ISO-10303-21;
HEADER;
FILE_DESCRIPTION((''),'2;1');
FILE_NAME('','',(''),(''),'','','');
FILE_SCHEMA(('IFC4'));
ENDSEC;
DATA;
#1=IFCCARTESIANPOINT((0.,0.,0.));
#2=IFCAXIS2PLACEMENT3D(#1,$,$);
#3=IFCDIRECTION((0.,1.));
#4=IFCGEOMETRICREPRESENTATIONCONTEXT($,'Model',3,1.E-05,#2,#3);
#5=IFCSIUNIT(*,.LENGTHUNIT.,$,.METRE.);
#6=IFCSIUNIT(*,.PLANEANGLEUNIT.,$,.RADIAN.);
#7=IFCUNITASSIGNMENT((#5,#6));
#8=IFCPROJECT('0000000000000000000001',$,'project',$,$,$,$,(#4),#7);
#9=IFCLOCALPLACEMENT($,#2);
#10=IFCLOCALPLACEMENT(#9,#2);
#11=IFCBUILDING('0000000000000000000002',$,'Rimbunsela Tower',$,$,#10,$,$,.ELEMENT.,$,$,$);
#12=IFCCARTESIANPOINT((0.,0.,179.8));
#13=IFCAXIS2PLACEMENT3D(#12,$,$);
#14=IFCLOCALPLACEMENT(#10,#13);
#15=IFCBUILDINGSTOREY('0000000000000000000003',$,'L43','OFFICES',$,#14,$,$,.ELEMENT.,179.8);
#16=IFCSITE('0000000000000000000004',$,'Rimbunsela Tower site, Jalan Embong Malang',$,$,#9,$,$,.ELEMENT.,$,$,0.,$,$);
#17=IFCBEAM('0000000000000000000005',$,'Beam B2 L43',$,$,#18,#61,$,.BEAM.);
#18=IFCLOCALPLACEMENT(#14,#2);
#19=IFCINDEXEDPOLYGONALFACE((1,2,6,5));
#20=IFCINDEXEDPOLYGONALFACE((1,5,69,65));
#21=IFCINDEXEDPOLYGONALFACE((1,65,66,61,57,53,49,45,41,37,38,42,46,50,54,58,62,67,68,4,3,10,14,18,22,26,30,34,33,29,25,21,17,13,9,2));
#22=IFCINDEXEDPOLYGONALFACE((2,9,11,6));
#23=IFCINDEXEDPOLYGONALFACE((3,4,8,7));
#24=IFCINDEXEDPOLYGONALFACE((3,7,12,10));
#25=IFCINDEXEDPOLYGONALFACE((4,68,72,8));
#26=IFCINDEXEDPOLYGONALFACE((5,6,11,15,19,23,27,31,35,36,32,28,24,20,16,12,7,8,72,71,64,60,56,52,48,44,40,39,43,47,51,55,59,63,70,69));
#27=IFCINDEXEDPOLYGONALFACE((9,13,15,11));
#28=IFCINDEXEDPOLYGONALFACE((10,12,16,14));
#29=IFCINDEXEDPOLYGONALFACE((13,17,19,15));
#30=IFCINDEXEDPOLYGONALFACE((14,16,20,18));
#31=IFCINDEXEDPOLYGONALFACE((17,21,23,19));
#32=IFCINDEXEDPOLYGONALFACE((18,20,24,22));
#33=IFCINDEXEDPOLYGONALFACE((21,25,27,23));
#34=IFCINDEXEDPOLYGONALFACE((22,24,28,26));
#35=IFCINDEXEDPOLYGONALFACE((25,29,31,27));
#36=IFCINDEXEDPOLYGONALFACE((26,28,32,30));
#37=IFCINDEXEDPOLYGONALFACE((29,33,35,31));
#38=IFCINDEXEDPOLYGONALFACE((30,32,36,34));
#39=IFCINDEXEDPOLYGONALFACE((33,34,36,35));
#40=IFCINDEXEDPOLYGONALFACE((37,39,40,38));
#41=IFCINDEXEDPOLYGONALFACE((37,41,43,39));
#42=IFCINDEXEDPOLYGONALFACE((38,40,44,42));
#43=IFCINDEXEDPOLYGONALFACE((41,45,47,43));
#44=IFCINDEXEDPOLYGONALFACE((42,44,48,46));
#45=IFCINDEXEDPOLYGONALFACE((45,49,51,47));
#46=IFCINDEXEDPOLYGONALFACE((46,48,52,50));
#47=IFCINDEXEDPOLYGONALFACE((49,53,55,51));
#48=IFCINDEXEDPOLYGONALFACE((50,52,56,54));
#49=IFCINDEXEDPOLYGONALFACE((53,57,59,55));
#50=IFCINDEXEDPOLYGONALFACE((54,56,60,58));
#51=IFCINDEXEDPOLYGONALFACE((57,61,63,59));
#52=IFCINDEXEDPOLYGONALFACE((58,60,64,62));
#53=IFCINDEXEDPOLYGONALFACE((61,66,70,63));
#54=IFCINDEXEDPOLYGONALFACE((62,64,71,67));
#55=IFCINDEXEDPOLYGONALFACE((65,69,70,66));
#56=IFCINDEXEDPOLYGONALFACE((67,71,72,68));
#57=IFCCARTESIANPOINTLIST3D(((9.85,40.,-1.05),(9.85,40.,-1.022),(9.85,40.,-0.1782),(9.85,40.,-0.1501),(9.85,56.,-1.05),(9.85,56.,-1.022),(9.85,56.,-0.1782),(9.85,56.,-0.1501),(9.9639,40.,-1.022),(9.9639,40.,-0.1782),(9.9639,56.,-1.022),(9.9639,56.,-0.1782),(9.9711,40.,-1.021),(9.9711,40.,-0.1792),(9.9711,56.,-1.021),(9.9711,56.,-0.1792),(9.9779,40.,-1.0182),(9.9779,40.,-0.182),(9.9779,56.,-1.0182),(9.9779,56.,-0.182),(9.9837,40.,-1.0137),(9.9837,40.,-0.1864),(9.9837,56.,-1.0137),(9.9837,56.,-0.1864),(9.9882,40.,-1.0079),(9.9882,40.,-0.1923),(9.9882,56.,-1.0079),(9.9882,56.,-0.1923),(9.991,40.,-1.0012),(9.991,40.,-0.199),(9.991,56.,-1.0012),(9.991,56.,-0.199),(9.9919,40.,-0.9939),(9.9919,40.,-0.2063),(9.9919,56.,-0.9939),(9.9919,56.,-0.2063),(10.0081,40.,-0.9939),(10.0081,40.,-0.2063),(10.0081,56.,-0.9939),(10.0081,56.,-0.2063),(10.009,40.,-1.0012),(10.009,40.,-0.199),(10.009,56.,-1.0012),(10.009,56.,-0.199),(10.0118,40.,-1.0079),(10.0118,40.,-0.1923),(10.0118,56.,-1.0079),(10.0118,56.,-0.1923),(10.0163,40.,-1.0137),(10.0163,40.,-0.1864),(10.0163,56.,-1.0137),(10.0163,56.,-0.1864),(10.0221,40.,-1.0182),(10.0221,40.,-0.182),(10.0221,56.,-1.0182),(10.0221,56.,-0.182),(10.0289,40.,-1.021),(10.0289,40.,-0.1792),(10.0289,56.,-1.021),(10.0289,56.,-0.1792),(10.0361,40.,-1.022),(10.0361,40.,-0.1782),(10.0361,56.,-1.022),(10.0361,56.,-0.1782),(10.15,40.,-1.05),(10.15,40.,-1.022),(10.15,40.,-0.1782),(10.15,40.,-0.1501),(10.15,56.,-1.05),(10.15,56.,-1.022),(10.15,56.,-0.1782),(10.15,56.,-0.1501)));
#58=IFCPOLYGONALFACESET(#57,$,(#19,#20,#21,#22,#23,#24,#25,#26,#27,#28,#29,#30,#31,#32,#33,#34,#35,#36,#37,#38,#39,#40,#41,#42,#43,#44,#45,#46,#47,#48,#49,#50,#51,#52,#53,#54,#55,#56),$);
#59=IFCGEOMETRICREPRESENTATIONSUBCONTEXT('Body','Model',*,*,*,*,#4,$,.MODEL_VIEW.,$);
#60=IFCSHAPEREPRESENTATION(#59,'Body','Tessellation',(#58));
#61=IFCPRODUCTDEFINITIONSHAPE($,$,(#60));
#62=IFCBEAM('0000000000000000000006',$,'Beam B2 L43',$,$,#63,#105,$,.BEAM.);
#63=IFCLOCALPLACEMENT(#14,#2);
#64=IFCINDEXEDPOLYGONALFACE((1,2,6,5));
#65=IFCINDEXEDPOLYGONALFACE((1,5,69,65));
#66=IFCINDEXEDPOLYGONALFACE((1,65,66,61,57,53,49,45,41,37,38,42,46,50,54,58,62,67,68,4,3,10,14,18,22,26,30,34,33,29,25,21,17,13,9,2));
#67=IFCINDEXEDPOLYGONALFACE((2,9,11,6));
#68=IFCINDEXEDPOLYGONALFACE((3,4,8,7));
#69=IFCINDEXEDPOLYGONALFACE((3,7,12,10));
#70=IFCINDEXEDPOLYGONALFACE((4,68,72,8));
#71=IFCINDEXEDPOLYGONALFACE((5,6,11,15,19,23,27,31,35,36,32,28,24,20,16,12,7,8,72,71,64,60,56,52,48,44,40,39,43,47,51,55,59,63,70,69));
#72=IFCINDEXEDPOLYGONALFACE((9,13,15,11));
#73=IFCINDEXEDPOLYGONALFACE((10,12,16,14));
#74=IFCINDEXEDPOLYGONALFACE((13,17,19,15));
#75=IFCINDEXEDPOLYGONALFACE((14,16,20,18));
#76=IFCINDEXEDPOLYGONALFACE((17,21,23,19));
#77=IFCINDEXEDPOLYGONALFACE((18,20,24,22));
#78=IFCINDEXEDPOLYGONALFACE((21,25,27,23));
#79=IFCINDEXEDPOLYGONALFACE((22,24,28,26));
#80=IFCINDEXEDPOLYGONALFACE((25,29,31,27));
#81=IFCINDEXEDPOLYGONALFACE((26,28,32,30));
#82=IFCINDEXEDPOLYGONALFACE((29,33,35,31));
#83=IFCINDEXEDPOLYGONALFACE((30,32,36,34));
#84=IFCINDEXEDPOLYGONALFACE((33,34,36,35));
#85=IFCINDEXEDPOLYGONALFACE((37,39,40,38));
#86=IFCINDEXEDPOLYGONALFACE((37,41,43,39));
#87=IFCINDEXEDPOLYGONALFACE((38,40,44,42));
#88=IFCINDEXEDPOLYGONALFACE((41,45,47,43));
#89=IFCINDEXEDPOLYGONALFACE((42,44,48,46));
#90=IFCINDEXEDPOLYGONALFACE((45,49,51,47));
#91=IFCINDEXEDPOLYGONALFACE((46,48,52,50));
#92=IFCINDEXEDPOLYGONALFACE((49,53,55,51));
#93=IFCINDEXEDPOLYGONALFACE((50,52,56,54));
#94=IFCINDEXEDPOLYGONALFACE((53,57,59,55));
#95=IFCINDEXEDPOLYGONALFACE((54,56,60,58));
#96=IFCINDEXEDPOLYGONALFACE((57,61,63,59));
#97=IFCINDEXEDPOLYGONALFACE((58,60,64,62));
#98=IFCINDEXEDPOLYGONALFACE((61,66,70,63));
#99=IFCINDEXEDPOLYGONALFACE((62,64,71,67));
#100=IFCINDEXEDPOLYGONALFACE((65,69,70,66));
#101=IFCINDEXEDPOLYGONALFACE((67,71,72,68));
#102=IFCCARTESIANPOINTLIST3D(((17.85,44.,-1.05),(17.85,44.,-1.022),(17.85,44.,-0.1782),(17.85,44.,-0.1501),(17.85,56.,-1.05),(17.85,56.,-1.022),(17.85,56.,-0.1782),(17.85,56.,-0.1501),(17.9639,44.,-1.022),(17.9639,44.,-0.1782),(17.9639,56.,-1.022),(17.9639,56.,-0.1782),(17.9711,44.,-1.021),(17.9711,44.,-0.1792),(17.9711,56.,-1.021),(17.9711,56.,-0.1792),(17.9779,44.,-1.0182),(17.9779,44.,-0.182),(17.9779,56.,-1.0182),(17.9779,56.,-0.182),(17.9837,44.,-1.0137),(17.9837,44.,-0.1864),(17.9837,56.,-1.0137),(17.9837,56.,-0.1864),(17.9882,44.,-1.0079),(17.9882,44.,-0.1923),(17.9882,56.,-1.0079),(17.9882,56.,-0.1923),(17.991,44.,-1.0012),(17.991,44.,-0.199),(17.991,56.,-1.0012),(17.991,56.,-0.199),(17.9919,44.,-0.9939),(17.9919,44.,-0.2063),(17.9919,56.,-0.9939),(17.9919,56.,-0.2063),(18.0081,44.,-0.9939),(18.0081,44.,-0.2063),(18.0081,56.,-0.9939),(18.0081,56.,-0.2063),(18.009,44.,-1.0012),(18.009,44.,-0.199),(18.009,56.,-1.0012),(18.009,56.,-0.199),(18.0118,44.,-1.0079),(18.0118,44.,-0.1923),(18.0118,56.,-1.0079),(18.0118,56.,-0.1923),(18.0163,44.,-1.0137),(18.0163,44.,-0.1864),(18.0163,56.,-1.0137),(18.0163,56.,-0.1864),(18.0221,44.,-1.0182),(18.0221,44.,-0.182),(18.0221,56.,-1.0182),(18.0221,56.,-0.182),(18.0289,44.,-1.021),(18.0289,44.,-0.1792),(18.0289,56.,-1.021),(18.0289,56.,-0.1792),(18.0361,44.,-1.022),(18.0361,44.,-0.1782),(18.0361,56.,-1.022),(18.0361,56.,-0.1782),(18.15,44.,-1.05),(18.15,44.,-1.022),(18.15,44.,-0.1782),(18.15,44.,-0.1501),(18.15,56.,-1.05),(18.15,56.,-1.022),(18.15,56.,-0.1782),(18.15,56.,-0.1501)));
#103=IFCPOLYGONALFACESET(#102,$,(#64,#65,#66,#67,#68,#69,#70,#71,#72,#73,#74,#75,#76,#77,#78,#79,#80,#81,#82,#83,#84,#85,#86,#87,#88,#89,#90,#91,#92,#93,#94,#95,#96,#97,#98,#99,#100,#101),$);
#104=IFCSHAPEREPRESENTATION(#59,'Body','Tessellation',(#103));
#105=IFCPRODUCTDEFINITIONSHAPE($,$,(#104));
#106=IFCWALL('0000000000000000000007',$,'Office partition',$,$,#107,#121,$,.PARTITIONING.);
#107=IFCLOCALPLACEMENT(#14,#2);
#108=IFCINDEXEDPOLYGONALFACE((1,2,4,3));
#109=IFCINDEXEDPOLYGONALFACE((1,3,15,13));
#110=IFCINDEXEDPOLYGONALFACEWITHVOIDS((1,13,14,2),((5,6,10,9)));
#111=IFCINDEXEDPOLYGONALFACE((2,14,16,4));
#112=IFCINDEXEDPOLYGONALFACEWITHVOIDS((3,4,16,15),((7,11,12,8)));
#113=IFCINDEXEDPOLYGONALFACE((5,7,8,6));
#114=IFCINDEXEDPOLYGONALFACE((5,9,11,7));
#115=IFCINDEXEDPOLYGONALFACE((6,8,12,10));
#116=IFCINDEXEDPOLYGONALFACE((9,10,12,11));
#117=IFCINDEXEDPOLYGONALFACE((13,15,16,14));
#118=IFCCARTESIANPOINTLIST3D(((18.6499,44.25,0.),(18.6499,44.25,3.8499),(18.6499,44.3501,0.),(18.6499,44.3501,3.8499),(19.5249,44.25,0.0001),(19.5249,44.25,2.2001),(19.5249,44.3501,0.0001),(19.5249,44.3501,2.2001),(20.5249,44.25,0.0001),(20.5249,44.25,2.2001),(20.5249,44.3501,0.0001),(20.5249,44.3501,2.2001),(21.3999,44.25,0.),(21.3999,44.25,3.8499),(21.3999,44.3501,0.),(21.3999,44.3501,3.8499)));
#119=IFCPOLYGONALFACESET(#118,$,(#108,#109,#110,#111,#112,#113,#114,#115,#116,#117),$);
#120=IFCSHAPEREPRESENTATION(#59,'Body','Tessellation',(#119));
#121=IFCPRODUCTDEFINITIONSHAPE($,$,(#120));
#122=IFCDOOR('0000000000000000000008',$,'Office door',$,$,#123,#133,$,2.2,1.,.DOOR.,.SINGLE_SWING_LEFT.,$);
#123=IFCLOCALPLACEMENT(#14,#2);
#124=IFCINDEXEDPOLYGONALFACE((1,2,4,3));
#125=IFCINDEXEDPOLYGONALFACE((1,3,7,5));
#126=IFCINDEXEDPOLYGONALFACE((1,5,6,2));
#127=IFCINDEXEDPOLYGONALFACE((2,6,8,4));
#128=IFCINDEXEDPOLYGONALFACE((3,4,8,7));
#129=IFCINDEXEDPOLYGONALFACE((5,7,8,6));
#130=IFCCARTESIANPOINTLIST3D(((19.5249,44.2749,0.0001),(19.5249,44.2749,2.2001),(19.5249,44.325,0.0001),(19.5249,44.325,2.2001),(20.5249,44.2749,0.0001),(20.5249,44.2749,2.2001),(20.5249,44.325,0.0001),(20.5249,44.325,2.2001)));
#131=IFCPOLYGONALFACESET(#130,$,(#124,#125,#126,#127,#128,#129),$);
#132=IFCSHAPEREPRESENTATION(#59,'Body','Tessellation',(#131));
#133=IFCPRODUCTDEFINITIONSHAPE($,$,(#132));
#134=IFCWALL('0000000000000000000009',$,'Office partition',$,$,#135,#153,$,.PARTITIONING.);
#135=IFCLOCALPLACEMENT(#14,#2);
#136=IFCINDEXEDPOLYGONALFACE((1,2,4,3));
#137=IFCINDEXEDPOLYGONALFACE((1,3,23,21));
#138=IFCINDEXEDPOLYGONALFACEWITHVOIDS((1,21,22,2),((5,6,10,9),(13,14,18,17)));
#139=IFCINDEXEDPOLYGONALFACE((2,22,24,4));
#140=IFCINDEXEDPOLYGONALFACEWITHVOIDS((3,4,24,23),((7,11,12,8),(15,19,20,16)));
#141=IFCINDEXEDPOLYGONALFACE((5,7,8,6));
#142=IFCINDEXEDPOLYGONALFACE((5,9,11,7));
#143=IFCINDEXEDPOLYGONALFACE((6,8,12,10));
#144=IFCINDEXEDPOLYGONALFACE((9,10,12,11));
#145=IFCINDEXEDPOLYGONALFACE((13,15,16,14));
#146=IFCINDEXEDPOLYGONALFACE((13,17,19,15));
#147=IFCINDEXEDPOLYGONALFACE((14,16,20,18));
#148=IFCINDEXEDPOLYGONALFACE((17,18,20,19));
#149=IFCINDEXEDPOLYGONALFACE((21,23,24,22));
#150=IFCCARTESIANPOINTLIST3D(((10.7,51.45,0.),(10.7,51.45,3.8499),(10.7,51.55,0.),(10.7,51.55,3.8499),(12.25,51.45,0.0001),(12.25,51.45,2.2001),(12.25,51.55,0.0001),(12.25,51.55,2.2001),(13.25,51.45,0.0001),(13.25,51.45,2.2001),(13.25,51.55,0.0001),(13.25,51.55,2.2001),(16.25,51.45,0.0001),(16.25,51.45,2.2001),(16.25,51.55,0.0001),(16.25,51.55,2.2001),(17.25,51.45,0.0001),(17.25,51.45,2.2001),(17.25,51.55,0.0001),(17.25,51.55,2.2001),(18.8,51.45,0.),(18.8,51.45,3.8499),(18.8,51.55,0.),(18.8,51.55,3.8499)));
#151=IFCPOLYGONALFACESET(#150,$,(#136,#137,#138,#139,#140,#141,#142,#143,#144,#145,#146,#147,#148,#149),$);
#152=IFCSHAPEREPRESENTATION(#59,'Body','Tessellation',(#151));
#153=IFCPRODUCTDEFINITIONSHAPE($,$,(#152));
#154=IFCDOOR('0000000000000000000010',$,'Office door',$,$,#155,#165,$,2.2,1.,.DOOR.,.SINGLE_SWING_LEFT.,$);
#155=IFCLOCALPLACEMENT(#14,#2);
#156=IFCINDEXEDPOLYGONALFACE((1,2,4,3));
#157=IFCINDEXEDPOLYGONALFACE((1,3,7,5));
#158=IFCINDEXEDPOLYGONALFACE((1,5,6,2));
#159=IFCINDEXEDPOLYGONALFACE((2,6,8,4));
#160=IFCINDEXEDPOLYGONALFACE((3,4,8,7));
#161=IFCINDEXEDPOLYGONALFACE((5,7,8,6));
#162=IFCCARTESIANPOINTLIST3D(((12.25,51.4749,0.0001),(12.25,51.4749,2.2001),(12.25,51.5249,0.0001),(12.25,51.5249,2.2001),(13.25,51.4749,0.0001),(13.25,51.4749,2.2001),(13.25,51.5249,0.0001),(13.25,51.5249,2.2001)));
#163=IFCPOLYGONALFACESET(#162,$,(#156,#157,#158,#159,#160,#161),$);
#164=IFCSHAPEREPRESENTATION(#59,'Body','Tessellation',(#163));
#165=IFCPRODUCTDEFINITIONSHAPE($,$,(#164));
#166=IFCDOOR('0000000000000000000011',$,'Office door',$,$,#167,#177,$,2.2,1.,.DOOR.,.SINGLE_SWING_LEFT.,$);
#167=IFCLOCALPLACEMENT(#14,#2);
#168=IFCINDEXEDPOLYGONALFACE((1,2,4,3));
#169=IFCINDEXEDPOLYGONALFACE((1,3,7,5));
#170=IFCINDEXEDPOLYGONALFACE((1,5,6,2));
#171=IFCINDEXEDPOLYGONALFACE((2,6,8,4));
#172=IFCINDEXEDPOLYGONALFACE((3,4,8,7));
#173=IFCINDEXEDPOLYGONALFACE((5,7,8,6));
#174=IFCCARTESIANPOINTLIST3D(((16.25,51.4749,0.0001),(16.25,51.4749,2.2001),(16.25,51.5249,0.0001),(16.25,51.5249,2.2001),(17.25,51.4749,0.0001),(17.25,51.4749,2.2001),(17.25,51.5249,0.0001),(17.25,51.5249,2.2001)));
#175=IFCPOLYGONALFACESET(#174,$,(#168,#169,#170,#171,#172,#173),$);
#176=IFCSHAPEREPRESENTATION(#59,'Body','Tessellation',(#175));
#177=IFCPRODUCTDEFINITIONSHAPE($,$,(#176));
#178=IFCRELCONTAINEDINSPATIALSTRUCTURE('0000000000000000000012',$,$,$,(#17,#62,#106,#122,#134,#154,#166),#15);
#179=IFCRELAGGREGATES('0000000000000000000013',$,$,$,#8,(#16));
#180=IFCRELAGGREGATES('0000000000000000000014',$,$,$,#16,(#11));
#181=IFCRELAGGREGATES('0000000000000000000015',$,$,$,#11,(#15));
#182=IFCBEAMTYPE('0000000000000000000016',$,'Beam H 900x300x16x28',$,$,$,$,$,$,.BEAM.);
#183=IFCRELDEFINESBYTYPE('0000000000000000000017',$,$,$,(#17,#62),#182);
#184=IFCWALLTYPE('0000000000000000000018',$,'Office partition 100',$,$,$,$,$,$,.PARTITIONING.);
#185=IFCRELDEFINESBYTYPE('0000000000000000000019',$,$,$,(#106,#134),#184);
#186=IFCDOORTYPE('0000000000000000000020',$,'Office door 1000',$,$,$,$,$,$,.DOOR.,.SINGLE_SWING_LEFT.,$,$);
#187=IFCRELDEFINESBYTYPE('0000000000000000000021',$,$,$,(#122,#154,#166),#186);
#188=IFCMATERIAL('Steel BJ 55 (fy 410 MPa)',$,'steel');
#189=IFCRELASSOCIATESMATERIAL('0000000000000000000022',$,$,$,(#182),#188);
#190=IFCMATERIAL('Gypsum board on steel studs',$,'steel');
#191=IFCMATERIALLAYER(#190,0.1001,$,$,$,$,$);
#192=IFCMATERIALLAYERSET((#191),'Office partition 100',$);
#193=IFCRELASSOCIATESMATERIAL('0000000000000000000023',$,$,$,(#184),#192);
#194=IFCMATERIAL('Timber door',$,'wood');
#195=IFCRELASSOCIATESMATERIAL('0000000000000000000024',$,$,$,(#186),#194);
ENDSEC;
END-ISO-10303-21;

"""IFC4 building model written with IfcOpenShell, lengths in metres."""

from ifc_helpers import new_model, si_unit, direction, frame, frame_2d, origin, origin_2d, place, context, subcontext, project, spatial, rectangle, i_section, extrude, material, layer, layer_set, material_profile, profile_set, type_object, element, fill, save


model = new_model("IFC4")

# Units and contexts
model_context = context("Model", 3, precision=1e-05, world=origin(), true_north=direction((0.0, 1.0)))
body_context = subcontext(model_context, "Body", "Model", "MODEL_VIEW")
ifc_project = project(units=[si_unit("LENGTHUNIT", "METRE"), si_unit("PLANEANGLEUNIT", "RADIAN")], contexts=[model_context])

# Site, building, storey
site_placement = place(None, origin())
site = spatial("IfcSite", under=ifc_project, at=site_placement, Name="Rimbunsela Tower site, Jalan Embong Malang", CompositionType="ELEMENT", RefElevation=0.0)
building_placement = place(site_placement, origin())
building = spatial("IfcBuilding", under=site, at=building_placement, Name="Rimbunsela Tower", CompositionType="ELEMENT")
storey_placement = place(building_placement, frame((0.0, 0.0, 179.8)))
storey = spatial("IfcBuildingStorey", under=building, at=storey_placement, Name="L43", Description="OFFICES", CompositionType="ELEMENT", Elevation=179.8)

# Beams
ifc_material_1 = material(Name="Steel BJ 55 (fy 410 MPa)", Category="steel")
ifc_material_profile_1 = material_profile(ifc_material_1, i_section(OverallWidth=0.3, OverallDepth=0.8999, WebThickness=0.0161, FlangeThickness=0.0281, FilletRadius=0.0281, at=origin_2d()), Name="H 900x300x16x28")
ifc_profile_set_1 = profile_set([ifc_material_profile_1], Name="Steel BJ 55 (fy 410 MPa)")
beam_type_1 = type_object("IfcBeamType", Name="Beam H 900x300x16x28", PredefinedType="BEAM", material=ifc_profile_set_1)
beam_1_placement = place(storey_placement, frame((10.0, 40.0, -0.6001), z_axis=(0.0, 1.0, 0.0), x_axis=(-1.0, 0.0, 0.0)))
element("IfcBeam", 1, at=beam_1_placement, inside=storey, type_object=beam_type_1, Name="Beam B2 L43", PredefinedType="BEAM", context=body_context, shape_type="SweptSolid", body=[
    extrude(i_section(OverallWidth=0.3, OverallDepth=0.8999, WebThickness=0.0161, FlangeThickness=0.0281, FilletRadius=0.0281, at=origin_2d()), origin(), (0.0, 0.0, 1.0), 16.0),
])
beam_2_placement = place(storey_placement, frame((18.0, 44.0, -0.6001), z_axis=(0.0, 1.0, 0.0), x_axis=(-1.0, 0.0, 0.0)))
element("IfcBeam", 2, at=beam_2_placement, inside=storey, type_object=beam_type_1, Name="Beam B2 L43", PredefinedType="BEAM", context=body_context, shape_type="SweptSolid", body=[
    extrude(i_section(OverallWidth=0.3, OverallDepth=0.8999, WebThickness=0.0161, FlangeThickness=0.0281, FilletRadius=0.0281, at=origin_2d()), origin(), (0.0, 0.0, 1.0), 12.0),
])

# Wall, opening, door
ifc_material_2 = material(Name="Gypsum board on steel studs", Category="steel")
ifc_layer_1 = layer(ifc_material_2, 0.1001)
ifc_layer_set_1 = layer_set([ifc_layer_1], Name="Office partition 100")
wall_type_1 = type_object("IfcWallType", Name="Office partition 100", PredefinedType="PARTITIONING", material=ifc_layer_set_1)
wall_1_placement = place(storey_placement, frame((18.6499, 44.3, 0.0), z_axis=(0.0, 0.0, 1.0), x_axis=(1.0, 0.0, 0.0)))
wall_1 = element("IfcWall", 3, at=wall_1_placement, inside=storey, type_object=wall_type_1, Name="Office partition", PredefinedType="PARTITIONING", context=body_context, shape_type="SweptSolid", body=[
    extrude(rectangle(XDim=2.75, YDim=0.1001, at=frame_2d((1.375, 0.0))), origin(), (0.0, 0.0, 1.0), 3.8499),
])
opening_1_placement = place(wall_1_placement, frame((0.875, 0.0, 0.0)))
opening_1 = element("IfcOpeningElement", 4, at=opening_1_placement, cuts=wall_1, PredefinedType="OPENING", context=body_context, shape_type="SweptSolid", body=[
    extrude(rectangle(XDim=1.0, YDim=2.2, at=frame_2d((0.5, 1.1001))), frame((0.0, 0.0601, 0.0), z_axis=(0.0, -1.0, 0.0), x_axis=(1.0, 0.0, 0.0)), (0.0, 0.0, 1.0), 0.1201),
])
ifc_material_3 = material(Name="Timber door", Category="wood")
door_type = type_object("IfcDoorType", Name="Office door 1000", OperationType="SINGLE_SWING_LEFT", PredefinedType="DOOR", material=ifc_material_3)
door_1_placement = place(opening_1_placement, origin())
door_1 = element("IfcDoor", 5, at=door_1_placement, inside=storey, type_object=door_type, Name="Office door", OperationType="SINGLE_SWING_LEFT", OverallHeight=2.2, OverallWidth=1.0, PredefinedType="DOOR", context=body_context, shape_type="SweptSolid", body=[
    extrude(rectangle(XDim=1.0, YDim=2.2, at=frame_2d((0.5, 1.1001))), frame((0.0, 0.0249, 0.0), z_axis=(0.0, -1.0, 0.0), x_axis=(1.0, 0.0, 0.0)), (0.0, 0.0, 1.0), 0.05),
])
fill(opening_1, door_1)

# Wall, openings, doors
wall_2_placement = place(storey_placement, frame((10.7, 51.5, 0.0), z_axis=(0.0, 0.0, 1.0), x_axis=(1.0, 0.0, 0.0)))
wall_2 = element("IfcWall", 6, at=wall_2_placement, inside=storey, type_object=wall_type_1, Name="Office partition", PredefinedType="PARTITIONING", context=body_context, shape_type="SweptSolid", body=[
    extrude(rectangle(XDim=8.1001, YDim=0.1001, at=frame_2d((4.05, 0.0))), origin(), (0.0, 0.0, 1.0), 3.8499),
])
opening_2_placement = place(wall_2_placement, frame((1.55, 0.0, 0.0)))
opening_2 = element("IfcOpeningElement", 7, at=opening_2_placement, cuts=wall_2, PredefinedType="OPENING", context=body_context, shape_type="SweptSolid", body=[
    extrude(rectangle(XDim=1.0, YDim=2.2, at=frame_2d((0.5, 1.1001))), frame((0.0, 0.0601, 0.0), z_axis=(0.0, -1.0, 0.0), x_axis=(1.0, 0.0, 0.0)), (0.0, 0.0, 1.0), 0.1201),
])
opening_3_placement = place(wall_2_placement, frame((5.55, 0.0, 0.0)))
opening_3 = element("IfcOpeningElement", 8, at=opening_3_placement, cuts=wall_2, PredefinedType="OPENING", context=body_context, shape_type="SweptSolid", body=[
    extrude(rectangle(XDim=1.0, YDim=2.2, at=frame_2d((0.5, 1.1001))), frame((0.0, 0.0601, 0.0), z_axis=(0.0, -1.0, 0.0), x_axis=(1.0, 0.0, 0.0)), (0.0, 0.0, 1.0), 0.1201),
])
door_2_placement = place(opening_2_placement, origin())
door_2 = element("IfcDoor", 9, at=door_2_placement, inside=storey, type_object=door_type, Name="Office door", OperationType="SINGLE_SWING_LEFT", OverallHeight=2.2, OverallWidth=1.0, PredefinedType="DOOR", context=body_context, shape_type="SweptSolid", body=[
    extrude(rectangle(XDim=1.0, YDim=2.2, at=frame_2d((0.5, 1.1001))), frame((0.0, 0.0249, 0.0), z_axis=(0.0, -1.0, 0.0), x_axis=(1.0, 0.0, 0.0)), (0.0, 0.0, 1.0), 0.05),
])
fill(opening_2, door_2)
door_3_placement = place(opening_3_placement, origin())
door_3 = element("IfcDoor", 10, at=door_3_placement, inside=storey, type_object=door_type, Name="Office door", OperationType="SINGLE_SWING_LEFT", OverallHeight=2.2, OverallWidth=1.0, PredefinedType="DOOR", context=body_context, shape_type="SweptSolid", body=[
    extrude(rectangle(XDim=1.0, YDim=2.2, at=frame_2d((0.5, 1.1001))), frame((0.0, 0.0249, 0.0), z_axis=(0.0, -1.0, 0.0), x_axis=(1.0, 0.0, 0.0)), (0.0, 0.0, 1.0), 0.05),
])
fill(opening_3, door_3)

save(model, "model.ifc")
